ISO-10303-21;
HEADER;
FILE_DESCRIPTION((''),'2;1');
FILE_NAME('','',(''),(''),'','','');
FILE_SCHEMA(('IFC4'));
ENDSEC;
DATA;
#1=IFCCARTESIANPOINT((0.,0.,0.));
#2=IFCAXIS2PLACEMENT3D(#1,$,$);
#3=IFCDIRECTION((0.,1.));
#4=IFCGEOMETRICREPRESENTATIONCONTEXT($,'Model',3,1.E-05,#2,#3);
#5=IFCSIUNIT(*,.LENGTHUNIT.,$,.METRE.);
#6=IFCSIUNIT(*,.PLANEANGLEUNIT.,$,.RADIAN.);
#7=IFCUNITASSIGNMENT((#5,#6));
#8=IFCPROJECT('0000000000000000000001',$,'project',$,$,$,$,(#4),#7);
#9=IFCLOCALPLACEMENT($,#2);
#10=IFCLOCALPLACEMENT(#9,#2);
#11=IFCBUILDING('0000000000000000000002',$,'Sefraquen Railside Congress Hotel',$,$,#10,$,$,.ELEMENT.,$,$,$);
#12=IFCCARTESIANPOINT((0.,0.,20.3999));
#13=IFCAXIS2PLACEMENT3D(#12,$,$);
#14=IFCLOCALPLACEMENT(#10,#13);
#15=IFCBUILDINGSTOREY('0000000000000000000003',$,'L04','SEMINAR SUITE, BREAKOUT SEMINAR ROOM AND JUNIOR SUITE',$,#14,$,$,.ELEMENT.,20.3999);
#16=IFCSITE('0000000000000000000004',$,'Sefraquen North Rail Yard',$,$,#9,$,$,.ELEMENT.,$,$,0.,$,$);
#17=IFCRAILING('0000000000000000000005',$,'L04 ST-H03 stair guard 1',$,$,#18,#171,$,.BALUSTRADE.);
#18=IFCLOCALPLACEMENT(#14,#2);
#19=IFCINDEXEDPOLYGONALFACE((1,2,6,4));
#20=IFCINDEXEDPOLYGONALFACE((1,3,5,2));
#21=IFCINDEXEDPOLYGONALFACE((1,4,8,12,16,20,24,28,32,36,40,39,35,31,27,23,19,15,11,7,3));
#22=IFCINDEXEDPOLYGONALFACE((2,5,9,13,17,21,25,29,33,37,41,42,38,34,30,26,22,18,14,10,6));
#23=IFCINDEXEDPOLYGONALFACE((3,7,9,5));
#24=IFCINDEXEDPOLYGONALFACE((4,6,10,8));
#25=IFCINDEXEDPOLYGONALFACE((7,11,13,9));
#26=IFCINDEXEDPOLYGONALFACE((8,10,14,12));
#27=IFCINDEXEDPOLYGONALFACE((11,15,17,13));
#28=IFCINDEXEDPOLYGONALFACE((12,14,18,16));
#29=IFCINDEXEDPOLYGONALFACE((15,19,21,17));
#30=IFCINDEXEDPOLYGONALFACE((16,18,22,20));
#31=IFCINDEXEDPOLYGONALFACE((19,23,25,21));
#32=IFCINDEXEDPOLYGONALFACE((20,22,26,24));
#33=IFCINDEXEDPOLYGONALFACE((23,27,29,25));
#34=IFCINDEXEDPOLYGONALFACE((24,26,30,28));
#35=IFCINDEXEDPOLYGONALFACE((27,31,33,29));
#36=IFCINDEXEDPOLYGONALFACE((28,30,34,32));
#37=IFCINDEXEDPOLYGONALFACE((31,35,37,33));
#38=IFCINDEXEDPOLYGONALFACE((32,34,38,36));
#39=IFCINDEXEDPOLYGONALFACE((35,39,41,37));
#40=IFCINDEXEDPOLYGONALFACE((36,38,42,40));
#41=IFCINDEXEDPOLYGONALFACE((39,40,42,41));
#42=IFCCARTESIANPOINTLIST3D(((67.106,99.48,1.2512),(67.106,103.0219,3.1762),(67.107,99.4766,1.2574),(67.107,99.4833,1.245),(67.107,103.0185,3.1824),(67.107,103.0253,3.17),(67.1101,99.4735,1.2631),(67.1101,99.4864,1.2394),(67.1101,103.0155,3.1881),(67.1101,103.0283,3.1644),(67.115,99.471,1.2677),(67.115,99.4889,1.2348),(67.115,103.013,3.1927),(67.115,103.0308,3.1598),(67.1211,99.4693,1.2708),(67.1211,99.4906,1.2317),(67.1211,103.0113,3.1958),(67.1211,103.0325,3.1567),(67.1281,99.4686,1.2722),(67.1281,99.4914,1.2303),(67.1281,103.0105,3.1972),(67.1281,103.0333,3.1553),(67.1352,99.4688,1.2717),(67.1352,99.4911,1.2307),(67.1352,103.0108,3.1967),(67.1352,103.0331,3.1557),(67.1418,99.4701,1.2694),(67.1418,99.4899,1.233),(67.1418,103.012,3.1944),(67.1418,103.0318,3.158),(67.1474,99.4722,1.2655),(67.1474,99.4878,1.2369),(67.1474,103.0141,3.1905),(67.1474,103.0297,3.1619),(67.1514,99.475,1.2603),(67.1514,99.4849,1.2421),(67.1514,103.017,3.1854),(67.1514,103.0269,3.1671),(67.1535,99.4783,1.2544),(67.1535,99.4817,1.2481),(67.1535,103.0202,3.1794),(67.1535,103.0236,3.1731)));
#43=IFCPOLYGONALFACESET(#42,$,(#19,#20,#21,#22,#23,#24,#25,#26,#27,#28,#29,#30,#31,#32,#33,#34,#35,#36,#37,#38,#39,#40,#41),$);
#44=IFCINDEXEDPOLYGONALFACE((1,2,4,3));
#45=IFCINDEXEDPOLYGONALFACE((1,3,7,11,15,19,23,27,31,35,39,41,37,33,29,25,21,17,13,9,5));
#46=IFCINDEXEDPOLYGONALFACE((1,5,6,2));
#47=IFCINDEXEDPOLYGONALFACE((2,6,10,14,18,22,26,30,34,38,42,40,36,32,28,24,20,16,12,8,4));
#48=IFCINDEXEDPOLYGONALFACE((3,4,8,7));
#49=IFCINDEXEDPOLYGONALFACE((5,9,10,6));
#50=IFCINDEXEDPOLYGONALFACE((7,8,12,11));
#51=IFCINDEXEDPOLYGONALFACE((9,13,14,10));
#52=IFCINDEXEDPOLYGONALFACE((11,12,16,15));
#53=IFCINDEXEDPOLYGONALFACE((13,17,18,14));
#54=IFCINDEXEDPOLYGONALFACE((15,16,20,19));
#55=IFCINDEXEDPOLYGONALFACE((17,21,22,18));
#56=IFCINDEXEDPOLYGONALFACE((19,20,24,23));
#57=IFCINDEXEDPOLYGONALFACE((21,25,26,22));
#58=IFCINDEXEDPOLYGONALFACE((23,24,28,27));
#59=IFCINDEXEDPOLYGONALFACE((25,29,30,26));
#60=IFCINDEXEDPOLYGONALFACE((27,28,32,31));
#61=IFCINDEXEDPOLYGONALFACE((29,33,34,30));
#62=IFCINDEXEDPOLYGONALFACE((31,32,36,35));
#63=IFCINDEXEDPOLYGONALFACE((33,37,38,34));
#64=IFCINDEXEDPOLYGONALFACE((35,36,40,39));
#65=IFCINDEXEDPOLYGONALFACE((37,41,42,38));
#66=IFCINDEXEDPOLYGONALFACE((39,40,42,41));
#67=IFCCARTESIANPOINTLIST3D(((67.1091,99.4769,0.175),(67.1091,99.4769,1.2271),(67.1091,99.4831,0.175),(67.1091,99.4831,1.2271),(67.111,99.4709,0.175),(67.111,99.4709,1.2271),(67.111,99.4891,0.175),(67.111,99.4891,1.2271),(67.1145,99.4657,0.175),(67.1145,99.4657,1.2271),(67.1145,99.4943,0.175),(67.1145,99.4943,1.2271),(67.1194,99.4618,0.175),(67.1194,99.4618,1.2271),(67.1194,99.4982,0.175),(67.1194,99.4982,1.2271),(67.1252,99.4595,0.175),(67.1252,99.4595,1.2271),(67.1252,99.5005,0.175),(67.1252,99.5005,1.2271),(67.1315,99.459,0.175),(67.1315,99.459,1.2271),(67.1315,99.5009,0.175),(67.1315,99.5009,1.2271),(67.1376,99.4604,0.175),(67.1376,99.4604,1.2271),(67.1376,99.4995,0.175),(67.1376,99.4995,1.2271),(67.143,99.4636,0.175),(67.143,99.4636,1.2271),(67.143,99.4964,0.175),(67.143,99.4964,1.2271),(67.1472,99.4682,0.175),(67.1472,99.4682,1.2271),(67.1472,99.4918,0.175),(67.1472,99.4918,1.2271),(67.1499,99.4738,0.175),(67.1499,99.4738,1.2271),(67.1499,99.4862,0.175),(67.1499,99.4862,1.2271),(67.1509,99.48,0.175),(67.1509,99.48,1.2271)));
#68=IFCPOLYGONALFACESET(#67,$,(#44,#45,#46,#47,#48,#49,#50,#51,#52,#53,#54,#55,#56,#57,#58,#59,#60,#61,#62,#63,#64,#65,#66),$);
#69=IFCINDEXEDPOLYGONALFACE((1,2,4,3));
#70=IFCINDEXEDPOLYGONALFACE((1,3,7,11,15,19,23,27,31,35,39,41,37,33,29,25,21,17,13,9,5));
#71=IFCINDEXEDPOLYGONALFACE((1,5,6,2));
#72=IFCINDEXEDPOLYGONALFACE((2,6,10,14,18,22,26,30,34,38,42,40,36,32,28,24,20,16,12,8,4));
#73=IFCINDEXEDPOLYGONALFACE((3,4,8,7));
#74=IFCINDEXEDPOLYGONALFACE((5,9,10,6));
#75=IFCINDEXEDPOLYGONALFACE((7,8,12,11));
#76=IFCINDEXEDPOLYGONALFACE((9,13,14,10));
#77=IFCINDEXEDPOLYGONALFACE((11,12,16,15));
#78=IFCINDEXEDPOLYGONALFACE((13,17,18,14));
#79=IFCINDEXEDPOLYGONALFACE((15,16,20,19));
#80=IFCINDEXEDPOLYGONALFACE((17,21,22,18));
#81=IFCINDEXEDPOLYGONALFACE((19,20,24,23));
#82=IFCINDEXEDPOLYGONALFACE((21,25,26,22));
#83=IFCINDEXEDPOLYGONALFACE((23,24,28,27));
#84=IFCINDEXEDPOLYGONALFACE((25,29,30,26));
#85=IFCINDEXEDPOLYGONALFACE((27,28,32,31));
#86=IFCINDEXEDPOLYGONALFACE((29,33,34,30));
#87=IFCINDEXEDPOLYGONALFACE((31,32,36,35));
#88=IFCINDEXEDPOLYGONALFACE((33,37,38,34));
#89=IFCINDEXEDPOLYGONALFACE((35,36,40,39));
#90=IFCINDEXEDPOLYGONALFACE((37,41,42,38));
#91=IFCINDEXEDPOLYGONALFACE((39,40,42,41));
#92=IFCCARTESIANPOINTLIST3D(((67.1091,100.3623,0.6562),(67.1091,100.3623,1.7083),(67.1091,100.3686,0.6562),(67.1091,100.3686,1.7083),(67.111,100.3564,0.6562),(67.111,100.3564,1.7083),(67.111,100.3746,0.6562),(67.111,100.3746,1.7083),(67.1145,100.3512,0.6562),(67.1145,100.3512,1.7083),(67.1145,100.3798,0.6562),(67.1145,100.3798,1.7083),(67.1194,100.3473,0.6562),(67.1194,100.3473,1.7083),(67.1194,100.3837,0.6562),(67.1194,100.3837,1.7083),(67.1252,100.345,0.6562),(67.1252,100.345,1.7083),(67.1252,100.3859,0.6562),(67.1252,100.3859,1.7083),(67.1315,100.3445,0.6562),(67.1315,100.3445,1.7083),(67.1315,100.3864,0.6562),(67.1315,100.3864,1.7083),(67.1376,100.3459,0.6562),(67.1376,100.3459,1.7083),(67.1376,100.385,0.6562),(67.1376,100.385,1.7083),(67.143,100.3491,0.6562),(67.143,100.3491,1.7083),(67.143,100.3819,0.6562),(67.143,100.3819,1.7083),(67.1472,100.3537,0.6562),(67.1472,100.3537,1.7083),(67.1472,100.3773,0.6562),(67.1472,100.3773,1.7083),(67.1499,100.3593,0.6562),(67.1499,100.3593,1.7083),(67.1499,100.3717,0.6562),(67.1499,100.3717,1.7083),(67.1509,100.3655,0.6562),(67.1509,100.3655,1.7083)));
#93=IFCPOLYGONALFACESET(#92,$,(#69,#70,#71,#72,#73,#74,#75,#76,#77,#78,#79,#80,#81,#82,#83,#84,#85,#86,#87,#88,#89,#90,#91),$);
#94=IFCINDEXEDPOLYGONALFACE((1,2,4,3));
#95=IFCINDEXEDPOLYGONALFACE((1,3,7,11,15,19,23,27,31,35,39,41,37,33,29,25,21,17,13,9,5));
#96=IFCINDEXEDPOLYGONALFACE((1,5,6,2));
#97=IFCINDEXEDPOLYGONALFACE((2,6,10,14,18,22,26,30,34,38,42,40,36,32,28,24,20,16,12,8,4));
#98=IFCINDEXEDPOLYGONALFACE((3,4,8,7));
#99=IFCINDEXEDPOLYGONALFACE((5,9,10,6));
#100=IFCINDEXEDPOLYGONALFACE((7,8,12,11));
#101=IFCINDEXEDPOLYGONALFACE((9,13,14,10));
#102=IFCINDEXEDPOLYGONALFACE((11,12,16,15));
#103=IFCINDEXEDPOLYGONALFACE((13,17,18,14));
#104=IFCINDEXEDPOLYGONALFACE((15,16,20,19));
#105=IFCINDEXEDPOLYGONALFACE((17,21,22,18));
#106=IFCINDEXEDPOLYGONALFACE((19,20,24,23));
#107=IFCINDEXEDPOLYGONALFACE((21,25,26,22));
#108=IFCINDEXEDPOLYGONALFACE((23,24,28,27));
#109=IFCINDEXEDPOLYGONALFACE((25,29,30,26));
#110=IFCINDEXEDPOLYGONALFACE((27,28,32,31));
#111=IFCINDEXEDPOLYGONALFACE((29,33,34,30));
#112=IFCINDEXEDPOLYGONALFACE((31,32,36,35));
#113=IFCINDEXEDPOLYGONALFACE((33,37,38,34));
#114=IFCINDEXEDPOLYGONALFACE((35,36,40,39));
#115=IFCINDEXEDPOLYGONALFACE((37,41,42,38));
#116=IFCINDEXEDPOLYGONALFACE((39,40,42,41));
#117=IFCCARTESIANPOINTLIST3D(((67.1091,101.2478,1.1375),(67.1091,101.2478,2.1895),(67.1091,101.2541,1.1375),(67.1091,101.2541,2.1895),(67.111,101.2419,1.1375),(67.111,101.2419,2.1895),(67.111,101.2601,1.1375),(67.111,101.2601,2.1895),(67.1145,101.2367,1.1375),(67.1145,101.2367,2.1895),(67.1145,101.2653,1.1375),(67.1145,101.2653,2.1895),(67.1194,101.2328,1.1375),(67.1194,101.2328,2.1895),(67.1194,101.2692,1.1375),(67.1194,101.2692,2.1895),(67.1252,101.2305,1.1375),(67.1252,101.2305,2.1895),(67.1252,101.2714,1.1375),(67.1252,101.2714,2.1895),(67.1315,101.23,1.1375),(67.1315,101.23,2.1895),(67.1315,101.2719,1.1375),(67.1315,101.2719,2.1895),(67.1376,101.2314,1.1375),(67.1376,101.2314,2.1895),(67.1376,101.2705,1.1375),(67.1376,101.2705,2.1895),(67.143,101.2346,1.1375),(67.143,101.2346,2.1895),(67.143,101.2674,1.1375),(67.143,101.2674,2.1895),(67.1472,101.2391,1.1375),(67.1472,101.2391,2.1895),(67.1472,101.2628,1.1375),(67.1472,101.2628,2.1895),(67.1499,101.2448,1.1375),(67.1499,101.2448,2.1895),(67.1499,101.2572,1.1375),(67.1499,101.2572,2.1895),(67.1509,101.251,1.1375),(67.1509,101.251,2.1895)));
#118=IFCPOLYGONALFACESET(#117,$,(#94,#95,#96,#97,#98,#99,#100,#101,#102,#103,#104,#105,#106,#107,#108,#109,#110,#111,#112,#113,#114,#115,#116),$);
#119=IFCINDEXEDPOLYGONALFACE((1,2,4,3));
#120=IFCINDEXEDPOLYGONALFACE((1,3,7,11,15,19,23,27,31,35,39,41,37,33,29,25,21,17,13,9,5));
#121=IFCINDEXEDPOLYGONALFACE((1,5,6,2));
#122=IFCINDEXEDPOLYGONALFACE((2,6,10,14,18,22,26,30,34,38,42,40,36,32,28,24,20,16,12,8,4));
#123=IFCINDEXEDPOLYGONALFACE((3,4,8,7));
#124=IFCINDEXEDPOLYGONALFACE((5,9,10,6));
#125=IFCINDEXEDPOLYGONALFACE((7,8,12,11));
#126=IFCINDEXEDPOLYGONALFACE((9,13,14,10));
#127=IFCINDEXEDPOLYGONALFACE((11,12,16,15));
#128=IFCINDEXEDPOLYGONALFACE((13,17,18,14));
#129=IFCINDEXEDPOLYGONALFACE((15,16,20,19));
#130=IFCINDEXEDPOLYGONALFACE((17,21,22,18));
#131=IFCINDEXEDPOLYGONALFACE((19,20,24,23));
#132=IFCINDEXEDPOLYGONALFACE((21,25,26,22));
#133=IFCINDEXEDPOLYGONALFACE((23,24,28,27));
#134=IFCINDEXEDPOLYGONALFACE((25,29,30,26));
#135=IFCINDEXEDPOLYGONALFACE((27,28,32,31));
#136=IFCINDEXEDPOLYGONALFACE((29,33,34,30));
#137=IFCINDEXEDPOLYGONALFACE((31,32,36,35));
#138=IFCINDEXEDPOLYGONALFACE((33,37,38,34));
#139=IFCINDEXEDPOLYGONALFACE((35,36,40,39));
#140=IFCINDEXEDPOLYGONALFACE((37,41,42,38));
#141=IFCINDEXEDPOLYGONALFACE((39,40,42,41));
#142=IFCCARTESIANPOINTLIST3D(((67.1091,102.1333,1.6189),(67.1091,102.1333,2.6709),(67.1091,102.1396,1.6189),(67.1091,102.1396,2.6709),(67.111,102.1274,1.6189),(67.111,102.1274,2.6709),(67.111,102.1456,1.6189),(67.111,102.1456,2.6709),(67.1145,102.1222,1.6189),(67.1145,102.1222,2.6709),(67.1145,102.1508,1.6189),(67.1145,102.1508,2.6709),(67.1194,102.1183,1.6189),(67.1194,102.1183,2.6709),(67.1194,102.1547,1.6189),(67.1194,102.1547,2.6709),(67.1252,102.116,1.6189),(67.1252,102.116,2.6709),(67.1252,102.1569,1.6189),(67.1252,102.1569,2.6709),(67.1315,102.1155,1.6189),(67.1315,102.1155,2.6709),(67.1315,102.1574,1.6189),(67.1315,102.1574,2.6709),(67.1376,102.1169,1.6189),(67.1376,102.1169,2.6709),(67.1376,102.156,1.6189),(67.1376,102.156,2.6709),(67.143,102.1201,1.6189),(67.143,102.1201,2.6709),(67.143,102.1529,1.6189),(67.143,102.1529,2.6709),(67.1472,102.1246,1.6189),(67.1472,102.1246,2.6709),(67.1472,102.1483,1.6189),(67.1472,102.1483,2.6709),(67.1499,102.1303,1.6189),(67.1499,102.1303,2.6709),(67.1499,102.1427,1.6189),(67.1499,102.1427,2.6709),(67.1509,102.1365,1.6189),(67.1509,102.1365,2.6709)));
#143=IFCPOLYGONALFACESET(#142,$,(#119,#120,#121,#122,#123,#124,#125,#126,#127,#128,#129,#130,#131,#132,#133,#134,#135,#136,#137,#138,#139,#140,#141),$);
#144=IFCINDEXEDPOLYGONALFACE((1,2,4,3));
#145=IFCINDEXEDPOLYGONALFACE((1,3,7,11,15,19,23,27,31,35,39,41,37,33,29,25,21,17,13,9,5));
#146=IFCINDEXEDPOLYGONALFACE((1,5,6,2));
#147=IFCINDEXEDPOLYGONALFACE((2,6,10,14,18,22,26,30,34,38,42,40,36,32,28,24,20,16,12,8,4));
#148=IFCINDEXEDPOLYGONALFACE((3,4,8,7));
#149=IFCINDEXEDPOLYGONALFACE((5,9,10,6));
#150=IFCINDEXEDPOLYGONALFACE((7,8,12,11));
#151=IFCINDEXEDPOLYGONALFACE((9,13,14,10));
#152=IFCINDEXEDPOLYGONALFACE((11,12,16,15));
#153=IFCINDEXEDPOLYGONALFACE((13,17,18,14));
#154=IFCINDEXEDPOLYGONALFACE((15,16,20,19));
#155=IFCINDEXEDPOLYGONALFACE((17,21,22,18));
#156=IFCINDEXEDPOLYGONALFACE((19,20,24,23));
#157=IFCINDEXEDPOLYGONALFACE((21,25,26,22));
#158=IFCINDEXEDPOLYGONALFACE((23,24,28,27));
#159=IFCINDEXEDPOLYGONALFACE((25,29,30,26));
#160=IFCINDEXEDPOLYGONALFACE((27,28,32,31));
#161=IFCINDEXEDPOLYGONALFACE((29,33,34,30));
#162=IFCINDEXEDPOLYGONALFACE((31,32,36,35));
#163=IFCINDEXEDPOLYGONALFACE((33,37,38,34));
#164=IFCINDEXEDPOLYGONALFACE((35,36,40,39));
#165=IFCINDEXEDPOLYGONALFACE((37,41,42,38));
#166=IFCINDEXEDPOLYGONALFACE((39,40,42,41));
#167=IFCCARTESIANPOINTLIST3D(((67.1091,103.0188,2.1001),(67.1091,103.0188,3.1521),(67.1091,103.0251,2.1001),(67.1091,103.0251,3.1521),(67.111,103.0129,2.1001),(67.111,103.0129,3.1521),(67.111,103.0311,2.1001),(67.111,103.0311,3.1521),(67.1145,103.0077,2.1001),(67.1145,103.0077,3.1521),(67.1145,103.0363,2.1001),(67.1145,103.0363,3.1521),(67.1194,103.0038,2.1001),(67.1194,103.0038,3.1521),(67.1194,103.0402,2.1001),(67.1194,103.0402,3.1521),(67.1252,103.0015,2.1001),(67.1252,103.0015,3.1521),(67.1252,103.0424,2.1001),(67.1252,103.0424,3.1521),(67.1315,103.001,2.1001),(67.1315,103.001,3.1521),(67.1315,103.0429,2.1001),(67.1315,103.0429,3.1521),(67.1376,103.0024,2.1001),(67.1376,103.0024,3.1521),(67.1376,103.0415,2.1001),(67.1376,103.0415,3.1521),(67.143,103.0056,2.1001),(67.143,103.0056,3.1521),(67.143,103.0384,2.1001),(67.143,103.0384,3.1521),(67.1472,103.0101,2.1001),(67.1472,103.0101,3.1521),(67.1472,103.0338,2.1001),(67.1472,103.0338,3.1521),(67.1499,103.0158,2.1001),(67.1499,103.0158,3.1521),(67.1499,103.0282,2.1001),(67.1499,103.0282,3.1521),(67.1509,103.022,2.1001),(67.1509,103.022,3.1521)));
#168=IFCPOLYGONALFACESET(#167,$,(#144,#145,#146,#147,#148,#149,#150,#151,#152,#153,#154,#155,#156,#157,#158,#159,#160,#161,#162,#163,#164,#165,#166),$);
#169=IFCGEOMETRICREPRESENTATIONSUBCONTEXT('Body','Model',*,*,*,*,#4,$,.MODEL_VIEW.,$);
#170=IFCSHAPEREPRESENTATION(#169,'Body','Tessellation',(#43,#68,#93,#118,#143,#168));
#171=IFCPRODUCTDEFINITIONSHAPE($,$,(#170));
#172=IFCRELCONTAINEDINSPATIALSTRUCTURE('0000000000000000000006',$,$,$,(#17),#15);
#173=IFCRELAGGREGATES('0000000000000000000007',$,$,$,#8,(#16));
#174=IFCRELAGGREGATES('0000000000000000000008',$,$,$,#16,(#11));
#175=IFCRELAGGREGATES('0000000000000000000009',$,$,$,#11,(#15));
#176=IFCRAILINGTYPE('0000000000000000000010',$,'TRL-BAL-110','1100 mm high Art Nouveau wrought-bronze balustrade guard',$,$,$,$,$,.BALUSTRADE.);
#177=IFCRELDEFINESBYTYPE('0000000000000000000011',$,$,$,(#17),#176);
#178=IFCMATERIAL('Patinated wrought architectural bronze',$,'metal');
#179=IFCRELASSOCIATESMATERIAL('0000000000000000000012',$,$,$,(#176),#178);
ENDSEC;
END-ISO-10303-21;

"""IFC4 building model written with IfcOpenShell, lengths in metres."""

from ifc_helpers import new_model, si_unit, direction, frame, origin, origin_2d, place, context, subcontext, project, spatial, circle, extrude, material, type_object, element, save


model = new_model("IFC4")

# Units and contexts
model_context = context("Model", 3, precision=1e-05, world=origin(), true_north=direction((0.0, 1.0)))
body_context = subcontext(model_context, "Body", "Model", "MODEL_VIEW")
ifc_project = project(units=[si_unit("LENGTHUNIT", "METRE"), si_unit("PLANEANGLEUNIT", "RADIAN")], contexts=[model_context])

# Site, building, storey
site_placement = place(None, origin())
site = spatial("IfcSite", under=ifc_project, at=site_placement, Name="Sefraquen North Rail Yard", CompositionType="ELEMENT", RefElevation=0.0)
building_placement = place(site_placement, origin())
building = spatial("IfcBuilding", under=site, at=building_placement, Name="Sefraquen Railside Congress Hotel", CompositionType="ELEMENT")
storey_placement = place(building_placement, frame((0.0, 0.0, 20.3999)))
storey = spatial("IfcBuildingStorey", under=building, at=storey_placement, Name="L04", Description="SEMINAR SUITE, BREAKOUT SEMINAR ROOM AND JUNIOR SUITE", CompositionType="ELEMENT", Elevation=20.3999)

# Railing
ifc_material_1 = material(Name="Patinated wrought architectural bronze", Category="metal")
railing_type_1 = type_object("IfcRailingType", Name="TRL-BAL-110", Description="1100 mm high Art Nouveau wrought-bronze balustrade guard", PredefinedType="BALUSTRADE", material=ifc_material_1)
railing_1_placement = place(storey_placement, frame((67.1299, 99.48, 0.175)))
element("IfcRailing", 1, at=railing_1_placement, inside=storey, type_object=railing_type_1, Name="L04 ST-H03 stair guard 1", PredefinedType="BALUSTRADE", context=body_context, shape_type="SweptSolid", body=[
    extrude(circle(Radius=0.0239, at=origin_2d()), frame((0.0, 0.0, 1.0762), z_axis=(0.0, 0.878619, 0.477523), x_axis=(-1.0, 0.0, 0.0)), (0.0, 0.0, 1.0), 4.0312),
    extrude(circle(Radius=0.021, at=origin_2d()), origin(), (0.0, 0.0, 1.0), 1.052),
    extrude(circle(Radius=0.021, at=origin_2d()), frame((0.0, 0.8855, 0.4812)), (0.0, 0.0, 1.0), 1.052),
    extrude(circle(Radius=0.021, at=origin_2d()), frame((0.0, 1.771, 0.9624)), (0.0, 0.0, 1.0), 1.052),
    extrude(circle(Radius=0.021, at=origin_2d()), frame((0.0, 2.6565, 1.4438)), (0.0, 0.0, 1.0), 1.052),
    extrude(circle(Radius=0.021, at=origin_2d()), frame((0.0, 3.542, 1.925)), (0.0, 0.0, 1.0), 1.052),
])

save(model, "model.ifc")
